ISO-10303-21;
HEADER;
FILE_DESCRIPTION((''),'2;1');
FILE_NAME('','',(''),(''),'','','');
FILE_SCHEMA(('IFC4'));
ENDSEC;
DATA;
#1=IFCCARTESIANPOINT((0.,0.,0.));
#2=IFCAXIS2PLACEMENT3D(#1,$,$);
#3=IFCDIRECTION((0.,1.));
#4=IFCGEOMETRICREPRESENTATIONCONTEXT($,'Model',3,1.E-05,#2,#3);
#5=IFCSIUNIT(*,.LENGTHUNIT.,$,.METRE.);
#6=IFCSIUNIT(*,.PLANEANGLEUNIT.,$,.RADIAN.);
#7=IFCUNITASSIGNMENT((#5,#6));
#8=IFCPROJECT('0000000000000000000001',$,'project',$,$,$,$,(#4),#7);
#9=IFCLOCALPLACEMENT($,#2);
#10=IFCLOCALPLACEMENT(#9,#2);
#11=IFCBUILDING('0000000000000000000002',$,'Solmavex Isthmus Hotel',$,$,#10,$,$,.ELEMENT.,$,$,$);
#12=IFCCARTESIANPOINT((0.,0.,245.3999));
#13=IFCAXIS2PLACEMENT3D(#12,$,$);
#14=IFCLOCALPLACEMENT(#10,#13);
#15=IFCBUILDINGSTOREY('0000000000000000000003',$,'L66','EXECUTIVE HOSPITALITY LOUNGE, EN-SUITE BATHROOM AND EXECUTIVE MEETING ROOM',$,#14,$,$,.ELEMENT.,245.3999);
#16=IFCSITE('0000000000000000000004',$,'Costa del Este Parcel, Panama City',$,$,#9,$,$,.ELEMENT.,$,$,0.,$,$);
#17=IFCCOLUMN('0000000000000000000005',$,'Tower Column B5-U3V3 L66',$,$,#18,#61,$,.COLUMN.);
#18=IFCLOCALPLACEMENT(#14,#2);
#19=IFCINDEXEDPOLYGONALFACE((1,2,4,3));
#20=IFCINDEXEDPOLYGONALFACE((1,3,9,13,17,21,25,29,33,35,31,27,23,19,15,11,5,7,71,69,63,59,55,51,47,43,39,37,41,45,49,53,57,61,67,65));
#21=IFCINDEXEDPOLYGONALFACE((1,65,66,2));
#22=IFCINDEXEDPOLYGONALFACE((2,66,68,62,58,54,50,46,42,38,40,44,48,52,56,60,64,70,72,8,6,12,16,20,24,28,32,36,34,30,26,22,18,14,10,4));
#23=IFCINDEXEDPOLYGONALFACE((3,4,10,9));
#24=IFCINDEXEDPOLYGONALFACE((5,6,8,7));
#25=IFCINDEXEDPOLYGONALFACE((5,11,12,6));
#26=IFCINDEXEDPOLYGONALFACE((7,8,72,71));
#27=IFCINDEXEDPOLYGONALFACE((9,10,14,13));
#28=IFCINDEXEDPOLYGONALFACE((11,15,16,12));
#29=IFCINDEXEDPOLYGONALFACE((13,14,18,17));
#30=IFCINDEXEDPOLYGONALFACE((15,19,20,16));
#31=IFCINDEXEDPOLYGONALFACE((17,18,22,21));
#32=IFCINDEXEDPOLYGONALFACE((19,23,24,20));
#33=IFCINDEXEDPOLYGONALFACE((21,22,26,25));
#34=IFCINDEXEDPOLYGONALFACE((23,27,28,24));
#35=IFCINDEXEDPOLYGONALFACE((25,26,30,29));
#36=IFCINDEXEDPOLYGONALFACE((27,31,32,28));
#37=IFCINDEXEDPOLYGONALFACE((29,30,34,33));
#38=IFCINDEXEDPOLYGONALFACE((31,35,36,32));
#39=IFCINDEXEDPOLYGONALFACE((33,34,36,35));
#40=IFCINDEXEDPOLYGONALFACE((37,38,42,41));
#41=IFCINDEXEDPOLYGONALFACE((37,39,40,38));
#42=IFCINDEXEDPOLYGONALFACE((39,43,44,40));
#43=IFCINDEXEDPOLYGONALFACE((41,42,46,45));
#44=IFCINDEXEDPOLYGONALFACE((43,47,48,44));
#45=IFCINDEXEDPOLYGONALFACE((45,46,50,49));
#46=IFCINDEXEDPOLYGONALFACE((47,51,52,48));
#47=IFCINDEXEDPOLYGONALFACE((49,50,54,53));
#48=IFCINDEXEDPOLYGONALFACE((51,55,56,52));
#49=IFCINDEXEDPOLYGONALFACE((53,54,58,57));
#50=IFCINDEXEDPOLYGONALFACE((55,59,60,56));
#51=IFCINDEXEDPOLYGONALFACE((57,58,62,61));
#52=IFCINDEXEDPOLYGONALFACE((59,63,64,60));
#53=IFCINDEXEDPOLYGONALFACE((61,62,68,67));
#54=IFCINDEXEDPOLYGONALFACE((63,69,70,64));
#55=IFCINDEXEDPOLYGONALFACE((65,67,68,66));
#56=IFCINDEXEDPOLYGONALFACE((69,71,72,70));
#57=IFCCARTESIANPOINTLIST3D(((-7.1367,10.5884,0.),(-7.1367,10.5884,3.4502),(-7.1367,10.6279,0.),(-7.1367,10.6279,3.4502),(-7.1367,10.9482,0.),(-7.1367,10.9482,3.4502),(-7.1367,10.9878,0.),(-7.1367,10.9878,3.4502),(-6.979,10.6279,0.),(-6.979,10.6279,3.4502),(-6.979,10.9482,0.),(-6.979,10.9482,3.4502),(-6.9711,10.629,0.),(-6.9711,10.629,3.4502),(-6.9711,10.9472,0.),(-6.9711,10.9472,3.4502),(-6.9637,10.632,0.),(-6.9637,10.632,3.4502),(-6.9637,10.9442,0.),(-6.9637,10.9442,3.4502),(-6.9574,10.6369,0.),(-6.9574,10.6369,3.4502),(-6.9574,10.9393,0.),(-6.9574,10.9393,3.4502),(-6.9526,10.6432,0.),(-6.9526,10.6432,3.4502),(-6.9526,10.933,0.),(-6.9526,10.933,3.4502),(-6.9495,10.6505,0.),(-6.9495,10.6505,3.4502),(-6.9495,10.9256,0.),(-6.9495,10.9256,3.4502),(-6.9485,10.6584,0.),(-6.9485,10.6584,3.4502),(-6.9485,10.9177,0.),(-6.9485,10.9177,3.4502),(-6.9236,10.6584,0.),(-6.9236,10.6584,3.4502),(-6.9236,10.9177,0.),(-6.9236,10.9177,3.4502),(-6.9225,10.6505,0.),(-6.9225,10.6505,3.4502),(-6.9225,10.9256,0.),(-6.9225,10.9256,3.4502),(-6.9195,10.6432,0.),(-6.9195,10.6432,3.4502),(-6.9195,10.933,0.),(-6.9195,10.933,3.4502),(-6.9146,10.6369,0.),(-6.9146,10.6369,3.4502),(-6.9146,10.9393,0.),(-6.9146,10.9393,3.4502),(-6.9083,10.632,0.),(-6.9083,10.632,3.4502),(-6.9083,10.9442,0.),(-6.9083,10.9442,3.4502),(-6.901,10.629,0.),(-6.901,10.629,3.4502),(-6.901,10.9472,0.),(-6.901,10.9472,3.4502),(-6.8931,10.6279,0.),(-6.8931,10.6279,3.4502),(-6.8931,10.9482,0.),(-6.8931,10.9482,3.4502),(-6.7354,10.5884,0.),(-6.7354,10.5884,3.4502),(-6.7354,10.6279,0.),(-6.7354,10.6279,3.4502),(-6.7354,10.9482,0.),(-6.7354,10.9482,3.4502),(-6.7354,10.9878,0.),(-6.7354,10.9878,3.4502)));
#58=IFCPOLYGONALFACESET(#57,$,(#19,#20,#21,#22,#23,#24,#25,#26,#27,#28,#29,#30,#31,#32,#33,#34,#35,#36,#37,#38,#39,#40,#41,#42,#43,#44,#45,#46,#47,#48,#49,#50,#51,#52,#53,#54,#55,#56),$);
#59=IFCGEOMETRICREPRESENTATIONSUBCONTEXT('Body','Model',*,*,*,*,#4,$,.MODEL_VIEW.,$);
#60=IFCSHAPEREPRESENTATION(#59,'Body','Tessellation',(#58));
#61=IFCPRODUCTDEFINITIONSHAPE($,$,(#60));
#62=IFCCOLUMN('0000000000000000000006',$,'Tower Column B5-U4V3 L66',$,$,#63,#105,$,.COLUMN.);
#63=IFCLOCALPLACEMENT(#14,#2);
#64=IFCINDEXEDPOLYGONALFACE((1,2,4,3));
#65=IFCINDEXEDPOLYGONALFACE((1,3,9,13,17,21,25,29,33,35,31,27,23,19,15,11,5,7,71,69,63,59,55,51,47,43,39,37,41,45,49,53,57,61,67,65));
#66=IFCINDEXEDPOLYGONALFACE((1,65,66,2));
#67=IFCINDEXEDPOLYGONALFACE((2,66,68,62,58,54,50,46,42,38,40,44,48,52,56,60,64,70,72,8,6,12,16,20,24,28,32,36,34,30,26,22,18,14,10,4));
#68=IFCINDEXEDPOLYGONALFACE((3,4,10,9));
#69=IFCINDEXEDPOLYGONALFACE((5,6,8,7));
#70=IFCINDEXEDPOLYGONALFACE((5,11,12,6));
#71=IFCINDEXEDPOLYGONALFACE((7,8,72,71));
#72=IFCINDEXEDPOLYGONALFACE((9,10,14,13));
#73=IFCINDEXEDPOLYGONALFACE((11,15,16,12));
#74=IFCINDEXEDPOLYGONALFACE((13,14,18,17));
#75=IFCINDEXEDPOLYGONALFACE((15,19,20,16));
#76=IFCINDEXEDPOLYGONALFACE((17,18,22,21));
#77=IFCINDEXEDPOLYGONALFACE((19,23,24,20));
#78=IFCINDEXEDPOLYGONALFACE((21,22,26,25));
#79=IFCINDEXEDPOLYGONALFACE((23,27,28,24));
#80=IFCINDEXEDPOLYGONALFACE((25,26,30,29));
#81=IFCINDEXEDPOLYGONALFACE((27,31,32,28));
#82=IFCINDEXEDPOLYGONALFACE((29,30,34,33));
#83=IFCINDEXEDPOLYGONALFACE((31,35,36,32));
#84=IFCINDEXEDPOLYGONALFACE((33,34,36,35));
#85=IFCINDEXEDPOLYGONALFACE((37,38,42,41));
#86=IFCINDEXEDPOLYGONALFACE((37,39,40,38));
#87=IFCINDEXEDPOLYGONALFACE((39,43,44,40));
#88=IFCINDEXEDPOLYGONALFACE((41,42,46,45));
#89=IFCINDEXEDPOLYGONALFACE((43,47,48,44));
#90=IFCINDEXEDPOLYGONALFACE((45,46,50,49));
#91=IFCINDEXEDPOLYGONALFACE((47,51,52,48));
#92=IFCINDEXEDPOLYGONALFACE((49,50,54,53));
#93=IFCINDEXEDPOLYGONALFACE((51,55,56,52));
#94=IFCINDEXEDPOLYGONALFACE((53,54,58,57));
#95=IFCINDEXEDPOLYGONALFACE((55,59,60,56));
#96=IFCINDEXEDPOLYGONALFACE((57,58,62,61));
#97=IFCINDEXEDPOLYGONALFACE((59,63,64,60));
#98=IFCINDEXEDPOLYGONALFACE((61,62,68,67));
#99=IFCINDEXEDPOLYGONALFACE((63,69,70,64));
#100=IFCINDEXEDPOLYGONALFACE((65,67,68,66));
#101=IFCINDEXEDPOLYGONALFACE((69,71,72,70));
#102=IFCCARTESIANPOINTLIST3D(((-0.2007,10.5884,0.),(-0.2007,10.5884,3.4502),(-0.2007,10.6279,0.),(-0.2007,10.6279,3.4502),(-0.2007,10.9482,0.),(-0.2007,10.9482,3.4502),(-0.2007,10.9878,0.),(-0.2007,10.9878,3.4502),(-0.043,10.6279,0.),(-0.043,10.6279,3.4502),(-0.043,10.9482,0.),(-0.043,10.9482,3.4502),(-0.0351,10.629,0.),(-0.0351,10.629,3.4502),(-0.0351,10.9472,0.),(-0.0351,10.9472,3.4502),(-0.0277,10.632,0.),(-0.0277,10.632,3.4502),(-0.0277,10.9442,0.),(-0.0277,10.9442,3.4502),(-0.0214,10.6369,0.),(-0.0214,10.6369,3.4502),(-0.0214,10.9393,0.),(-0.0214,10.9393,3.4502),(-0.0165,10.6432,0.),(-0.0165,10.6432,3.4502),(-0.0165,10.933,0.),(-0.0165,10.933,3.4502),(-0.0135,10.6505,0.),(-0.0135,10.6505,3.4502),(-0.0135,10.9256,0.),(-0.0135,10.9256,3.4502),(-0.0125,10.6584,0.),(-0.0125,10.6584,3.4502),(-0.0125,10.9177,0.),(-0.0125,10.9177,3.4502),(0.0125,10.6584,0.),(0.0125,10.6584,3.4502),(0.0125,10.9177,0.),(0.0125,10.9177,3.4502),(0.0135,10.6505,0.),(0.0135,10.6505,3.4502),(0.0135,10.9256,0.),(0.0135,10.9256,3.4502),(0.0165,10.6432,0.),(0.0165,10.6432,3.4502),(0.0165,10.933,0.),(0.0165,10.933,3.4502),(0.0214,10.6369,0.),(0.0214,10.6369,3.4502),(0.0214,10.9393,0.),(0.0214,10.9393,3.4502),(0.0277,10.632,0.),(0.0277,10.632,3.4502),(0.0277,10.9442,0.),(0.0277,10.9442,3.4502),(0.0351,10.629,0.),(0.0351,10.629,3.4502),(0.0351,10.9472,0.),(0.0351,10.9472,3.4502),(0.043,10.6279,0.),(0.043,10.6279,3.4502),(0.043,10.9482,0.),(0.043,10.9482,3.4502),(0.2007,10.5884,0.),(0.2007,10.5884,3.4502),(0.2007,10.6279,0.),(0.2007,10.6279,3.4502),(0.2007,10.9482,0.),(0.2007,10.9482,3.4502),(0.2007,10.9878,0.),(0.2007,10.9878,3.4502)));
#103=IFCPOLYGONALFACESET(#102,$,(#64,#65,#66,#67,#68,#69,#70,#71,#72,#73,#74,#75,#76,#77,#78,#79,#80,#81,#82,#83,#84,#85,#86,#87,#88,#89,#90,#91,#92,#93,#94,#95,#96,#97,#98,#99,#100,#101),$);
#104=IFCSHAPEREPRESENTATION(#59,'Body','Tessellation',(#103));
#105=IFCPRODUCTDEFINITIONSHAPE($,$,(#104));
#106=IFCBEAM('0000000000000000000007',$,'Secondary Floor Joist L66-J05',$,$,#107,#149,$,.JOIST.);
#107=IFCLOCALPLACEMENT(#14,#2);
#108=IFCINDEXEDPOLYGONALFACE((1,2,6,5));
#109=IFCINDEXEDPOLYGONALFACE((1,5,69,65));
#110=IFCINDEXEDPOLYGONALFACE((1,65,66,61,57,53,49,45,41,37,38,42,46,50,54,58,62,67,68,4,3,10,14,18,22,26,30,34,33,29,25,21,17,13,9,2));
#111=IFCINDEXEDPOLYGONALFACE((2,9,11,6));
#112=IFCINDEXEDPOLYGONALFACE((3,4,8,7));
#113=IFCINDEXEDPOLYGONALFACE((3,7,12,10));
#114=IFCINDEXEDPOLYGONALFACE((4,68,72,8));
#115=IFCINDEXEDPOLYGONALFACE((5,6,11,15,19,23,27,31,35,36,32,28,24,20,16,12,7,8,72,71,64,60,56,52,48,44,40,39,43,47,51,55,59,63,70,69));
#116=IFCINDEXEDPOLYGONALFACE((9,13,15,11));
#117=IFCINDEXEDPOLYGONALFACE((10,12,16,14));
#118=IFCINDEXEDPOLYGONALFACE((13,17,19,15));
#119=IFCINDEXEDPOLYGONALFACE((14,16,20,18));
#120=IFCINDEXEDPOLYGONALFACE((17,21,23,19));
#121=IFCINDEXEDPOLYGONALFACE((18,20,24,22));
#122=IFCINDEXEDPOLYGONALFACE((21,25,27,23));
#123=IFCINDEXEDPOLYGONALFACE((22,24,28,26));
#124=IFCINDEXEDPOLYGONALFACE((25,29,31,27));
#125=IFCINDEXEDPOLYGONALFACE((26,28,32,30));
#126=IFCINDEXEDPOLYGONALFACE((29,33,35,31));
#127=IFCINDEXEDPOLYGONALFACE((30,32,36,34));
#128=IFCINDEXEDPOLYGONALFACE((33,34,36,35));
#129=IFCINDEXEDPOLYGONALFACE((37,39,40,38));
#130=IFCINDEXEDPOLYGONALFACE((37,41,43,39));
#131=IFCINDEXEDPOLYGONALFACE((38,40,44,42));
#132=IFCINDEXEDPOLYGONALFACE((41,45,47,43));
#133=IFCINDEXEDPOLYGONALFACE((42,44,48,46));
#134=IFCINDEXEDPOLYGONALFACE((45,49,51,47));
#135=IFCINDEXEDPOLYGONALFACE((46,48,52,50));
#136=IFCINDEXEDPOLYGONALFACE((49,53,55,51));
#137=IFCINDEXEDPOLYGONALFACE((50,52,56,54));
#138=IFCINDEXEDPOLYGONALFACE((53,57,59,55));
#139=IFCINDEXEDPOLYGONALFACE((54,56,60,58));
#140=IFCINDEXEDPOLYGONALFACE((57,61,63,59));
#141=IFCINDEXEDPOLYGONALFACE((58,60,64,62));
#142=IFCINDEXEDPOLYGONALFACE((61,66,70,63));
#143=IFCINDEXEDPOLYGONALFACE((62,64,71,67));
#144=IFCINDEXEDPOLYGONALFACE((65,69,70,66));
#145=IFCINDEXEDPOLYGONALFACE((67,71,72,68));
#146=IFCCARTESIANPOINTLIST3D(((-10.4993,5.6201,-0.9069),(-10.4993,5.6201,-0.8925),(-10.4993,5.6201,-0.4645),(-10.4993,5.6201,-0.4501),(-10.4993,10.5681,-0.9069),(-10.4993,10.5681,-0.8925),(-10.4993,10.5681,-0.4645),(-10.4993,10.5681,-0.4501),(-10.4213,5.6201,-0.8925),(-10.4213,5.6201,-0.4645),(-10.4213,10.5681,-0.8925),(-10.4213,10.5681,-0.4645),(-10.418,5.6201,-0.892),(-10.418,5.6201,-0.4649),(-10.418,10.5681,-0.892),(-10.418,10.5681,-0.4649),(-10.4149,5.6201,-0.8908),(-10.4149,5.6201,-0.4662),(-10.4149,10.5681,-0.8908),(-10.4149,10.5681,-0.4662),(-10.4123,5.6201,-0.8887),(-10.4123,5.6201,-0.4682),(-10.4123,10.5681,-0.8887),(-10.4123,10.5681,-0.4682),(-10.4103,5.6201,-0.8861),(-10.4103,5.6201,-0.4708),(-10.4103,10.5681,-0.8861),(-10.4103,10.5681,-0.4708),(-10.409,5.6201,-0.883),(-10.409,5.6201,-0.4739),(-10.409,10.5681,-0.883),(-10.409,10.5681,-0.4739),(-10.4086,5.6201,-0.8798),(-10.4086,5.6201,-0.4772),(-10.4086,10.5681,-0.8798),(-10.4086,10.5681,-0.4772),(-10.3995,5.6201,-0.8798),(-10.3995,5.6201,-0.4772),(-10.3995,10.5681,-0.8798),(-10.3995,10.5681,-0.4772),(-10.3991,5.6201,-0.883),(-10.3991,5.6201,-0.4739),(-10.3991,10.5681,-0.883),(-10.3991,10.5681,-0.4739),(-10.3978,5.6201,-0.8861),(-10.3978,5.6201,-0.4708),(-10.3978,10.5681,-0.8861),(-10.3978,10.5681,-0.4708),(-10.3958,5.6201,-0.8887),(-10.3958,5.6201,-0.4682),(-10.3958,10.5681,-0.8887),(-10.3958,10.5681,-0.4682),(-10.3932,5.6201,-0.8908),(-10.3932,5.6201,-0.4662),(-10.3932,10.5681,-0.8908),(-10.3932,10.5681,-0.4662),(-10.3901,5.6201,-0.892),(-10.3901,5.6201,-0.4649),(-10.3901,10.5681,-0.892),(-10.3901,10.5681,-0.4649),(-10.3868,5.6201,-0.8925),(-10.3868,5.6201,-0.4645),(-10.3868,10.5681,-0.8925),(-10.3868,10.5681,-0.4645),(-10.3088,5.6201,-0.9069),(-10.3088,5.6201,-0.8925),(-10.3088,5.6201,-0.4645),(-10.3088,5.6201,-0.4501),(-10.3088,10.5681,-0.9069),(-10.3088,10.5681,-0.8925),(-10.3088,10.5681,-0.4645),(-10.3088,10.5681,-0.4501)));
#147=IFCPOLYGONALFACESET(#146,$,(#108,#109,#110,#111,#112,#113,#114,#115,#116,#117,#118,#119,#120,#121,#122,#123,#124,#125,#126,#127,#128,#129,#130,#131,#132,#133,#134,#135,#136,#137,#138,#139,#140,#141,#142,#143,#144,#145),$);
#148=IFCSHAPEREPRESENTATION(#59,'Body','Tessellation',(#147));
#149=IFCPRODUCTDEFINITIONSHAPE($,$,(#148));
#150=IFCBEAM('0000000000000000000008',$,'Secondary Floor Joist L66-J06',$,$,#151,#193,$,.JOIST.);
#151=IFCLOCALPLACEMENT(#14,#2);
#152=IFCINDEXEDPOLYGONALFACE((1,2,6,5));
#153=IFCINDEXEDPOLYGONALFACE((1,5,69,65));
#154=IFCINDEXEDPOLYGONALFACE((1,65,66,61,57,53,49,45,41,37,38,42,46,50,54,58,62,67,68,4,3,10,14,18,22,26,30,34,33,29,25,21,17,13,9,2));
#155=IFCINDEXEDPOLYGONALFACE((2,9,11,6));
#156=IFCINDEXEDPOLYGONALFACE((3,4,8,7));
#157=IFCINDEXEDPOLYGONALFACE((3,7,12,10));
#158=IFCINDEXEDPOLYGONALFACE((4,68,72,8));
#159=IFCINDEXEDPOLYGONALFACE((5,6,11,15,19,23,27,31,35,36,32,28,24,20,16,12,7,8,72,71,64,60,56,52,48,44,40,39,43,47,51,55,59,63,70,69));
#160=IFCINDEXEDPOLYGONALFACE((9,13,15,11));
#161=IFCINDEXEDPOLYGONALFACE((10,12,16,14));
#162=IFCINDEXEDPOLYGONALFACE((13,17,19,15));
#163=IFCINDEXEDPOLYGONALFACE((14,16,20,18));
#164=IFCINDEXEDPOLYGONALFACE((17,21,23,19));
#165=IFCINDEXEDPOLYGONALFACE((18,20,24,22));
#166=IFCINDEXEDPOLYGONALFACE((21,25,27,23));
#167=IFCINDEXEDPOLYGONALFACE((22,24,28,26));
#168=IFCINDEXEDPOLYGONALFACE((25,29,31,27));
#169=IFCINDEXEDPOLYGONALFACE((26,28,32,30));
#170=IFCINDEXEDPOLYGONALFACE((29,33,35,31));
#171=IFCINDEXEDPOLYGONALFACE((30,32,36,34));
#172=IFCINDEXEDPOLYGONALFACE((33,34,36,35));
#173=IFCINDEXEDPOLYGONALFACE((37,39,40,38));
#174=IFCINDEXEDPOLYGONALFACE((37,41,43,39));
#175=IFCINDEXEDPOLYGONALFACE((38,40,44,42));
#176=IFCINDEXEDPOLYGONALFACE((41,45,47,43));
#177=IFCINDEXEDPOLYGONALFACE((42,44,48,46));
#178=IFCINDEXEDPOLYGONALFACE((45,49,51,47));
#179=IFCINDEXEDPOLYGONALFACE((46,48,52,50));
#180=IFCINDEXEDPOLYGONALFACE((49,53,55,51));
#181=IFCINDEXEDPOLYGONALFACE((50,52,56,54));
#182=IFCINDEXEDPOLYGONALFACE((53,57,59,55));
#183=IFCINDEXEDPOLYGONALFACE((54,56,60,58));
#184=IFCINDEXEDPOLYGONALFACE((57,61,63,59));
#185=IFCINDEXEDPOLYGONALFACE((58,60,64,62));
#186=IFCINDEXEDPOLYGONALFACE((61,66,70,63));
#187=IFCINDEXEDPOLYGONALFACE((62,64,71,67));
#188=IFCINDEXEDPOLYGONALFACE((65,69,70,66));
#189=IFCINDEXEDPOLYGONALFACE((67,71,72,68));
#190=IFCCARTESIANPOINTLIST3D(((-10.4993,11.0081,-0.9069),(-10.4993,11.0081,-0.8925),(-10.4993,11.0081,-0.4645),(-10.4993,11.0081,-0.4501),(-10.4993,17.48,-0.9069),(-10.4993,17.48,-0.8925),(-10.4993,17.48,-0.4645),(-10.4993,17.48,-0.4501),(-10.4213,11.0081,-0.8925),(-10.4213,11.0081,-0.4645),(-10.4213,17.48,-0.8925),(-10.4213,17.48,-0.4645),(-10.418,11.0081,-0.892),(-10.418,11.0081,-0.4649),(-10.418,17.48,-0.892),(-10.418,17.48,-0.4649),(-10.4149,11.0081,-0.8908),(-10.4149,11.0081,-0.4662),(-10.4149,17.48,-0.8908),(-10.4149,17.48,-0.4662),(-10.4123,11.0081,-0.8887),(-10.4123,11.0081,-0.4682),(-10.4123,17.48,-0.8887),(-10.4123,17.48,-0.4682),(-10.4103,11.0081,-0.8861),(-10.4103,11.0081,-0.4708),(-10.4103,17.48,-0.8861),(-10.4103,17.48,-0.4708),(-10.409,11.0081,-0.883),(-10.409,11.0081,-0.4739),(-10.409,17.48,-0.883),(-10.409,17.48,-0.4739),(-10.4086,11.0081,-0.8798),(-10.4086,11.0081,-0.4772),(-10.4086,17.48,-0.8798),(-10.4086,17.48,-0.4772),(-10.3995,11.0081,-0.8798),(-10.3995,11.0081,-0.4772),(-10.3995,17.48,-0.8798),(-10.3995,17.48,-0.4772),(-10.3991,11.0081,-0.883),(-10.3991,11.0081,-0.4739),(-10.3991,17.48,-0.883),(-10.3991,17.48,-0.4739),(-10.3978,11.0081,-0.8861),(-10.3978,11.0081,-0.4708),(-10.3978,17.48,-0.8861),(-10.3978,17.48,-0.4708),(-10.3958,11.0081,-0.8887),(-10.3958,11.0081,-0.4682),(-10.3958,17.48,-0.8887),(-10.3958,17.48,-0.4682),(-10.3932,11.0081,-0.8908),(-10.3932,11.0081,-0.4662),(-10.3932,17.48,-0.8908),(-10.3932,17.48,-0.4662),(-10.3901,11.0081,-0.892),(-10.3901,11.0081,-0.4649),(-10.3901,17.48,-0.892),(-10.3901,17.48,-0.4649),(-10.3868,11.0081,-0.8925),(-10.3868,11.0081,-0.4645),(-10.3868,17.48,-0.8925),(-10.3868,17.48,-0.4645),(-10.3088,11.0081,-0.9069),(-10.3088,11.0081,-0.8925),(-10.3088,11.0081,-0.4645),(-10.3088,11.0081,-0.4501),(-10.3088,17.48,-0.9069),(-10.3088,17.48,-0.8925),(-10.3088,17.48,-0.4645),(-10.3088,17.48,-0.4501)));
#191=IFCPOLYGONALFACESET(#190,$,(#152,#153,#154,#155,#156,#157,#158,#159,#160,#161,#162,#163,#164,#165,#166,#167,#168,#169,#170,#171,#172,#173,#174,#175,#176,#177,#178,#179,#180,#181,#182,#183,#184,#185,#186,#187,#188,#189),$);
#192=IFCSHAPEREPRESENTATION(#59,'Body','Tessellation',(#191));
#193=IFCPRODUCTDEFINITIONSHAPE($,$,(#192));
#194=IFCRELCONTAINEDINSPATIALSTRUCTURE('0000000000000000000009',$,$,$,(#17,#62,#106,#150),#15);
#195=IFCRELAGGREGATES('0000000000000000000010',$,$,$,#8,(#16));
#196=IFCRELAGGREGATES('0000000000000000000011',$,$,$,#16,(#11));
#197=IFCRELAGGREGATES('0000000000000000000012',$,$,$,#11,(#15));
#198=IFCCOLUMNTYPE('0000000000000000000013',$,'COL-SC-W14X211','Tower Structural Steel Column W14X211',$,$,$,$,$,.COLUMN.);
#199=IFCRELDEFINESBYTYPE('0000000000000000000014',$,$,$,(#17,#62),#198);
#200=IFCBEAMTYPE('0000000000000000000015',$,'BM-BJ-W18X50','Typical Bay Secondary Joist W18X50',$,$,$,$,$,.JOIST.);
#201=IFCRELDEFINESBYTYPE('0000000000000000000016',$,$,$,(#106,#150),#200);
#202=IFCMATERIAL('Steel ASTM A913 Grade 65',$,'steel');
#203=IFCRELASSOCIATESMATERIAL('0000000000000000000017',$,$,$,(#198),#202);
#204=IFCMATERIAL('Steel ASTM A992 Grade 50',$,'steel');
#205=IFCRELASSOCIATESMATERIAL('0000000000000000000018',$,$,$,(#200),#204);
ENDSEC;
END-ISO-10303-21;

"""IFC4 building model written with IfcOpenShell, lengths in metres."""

from ifc_helpers import new_model, si_unit, direction, frame, origin, origin_2d, place, context, subcontext, project, spatial, i_section, extrude, material, material_profile, profile_set, type_object, element, save


model = new_model("IFC4")

# Units and contexts
model_context = context("Model", 3, precision=1e-05, world=origin(), true_north=direction((0.0, 1.0)))
body_context = subcontext(model_context, "Body", "Model", "MODEL_VIEW")
ifc_project = project(units=[si_unit("LENGTHUNIT", "METRE"), si_unit("PLANEANGLEUNIT", "RADIAN")], contexts=[model_context])

# Site, building, storey
site_placement = place(None, origin())
site = spatial("IfcSite", under=ifc_project, at=site_placement, Name="Costa del Este Parcel, Panama City", CompositionType="ELEMENT", RefElevation=0.0)
building_placement = place(site_placement, origin())
building = spatial("IfcBuilding", under=site, at=building_placement, Name="Solmavex Isthmus Hotel", CompositionType="ELEMENT")
storey_placement = place(building_placement, frame((0.0, 0.0, 245.3999)))
storey = spatial("IfcBuildingStorey", under=building, at=storey_placement, Name="L66", Description="EXECUTIVE HOSPITALITY LOUNGE, EN-SUITE BATHROOM AND EXECUTIVE MEETING ROOM", CompositionType="ELEMENT", Elevation=245.3999)

# Columns
ifc_material_1 = material(Name="Steel ASTM A913 Grade 65", Category="steel")
ifc_material_profile_1 = material_profile(ifc_material_1, i_section(OverallWidth=0.4014, OverallDepth=0.3994, WebThickness=0.0249, FlangeThickness=0.0396, FilletRadius=0.0305, at=origin_2d()), Name="W14X211")
ifc_profile_set_1 = profile_set([ifc_material_profile_1], Name="Steel ASTM A913 Grade 65")
column_type = type_object("IfcColumnType", Name="COL-SC-W14X211", Description="Tower Structural Steel Column W14X211", PredefinedType="COLUMN", material=ifc_profile_set_1)
for number, where, z_axis, x_axis, name in (
    (1, (-6.936, 10.7881, 0.0), (0.0, 0.0, 1.0), (1.0, 0.0, 0.0), "Tower Column B5-U3V3 L66"),
    (2, (0.0, 10.7881, 0.0), (0.0, 0.0, 1.0), (1.0, 0.0, 0.0), "Tower Column B5-U4V3 L66"),
):
    element("IfcColumn", number, at=place(storey_placement, frame(where, z_axis=z_axis, x_axis=x_axis)), inside=storey, type_object=column_type, Name=name, PredefinedType="COLUMN", context=body_context, shape_type="SweptSolid", body=[
        extrude(i_section(OverallWidth=0.4014, OverallDepth=0.3994, WebThickness=0.0249, FlangeThickness=0.0396, FilletRadius=0.0305, at=origin_2d()), origin(), (0.0, 0.0, 1.0), 3.4502),
    ])

# Beams
ifc_material_2 = material(Name="Steel ASTM A992 Grade 50", Category="steel")
ifc_material_profile_2 = material_profile(ifc_material_2, i_section(OverallWidth=0.1904, OverallDepth=0.4568, WebThickness=0.009, FlangeThickness=0.0144, FilletRadius=0.0127, at=origin_2d()), Name="W18X50")
ifc_profile_set_2 = profile_set([ifc_material_profile_2], Name="Steel ASTM A992 Grade 50")
beam_type_1 = type_object("IfcBeamType", Name="BM-BJ-W18X50", Description="Typical Bay Secondary Joist W18X50", PredefinedType="JOIST", material=ifc_profile_set_2)
beam_1_placement = place(storey_placement, frame((-10.4041, 5.6201, -0.6785), z_axis=(0.0, 1.0, 0.0), x_axis=(-1.0, 0.0, 0.0)))
element("IfcBeam", 3, at=beam_1_placement, inside=storey, type_object=beam_type_1, Name="Secondary Floor Joist L66-J05", PredefinedType="JOIST", context=body_context, shape_type="SweptSolid", body=[
    extrude(i_section(OverallWidth=0.1904, OverallDepth=0.4568, WebThickness=0.009, FlangeThickness=0.0144, FilletRadius=0.0127, at=origin_2d()), origin(), (0.0, 0.0, 1.0), 4.948),
])
beam_2_placement = place(storey_placement, frame((-10.4041, 11.0081, -0.6785), z_axis=(0.0, 1.0, 0.0), x_axis=(-1.0, 0.0, 0.0)))
element("IfcBeam", 4, at=beam_2_placement, inside=storey, type_object=beam_type_1, Name="Secondary Floor Joist L66-J06", PredefinedType="JOIST", context=body_context, shape_type="SweptSolid", body=[
    extrude(i_section(OverallWidth=0.1904, OverallDepth=0.4568, WebThickness=0.009, FlangeThickness=0.0144, FilletRadius=0.0127, at=origin_2d()), origin(), (0.0, 0.0, 1.0), 6.4719),
])

save(model, "model.ifc")
